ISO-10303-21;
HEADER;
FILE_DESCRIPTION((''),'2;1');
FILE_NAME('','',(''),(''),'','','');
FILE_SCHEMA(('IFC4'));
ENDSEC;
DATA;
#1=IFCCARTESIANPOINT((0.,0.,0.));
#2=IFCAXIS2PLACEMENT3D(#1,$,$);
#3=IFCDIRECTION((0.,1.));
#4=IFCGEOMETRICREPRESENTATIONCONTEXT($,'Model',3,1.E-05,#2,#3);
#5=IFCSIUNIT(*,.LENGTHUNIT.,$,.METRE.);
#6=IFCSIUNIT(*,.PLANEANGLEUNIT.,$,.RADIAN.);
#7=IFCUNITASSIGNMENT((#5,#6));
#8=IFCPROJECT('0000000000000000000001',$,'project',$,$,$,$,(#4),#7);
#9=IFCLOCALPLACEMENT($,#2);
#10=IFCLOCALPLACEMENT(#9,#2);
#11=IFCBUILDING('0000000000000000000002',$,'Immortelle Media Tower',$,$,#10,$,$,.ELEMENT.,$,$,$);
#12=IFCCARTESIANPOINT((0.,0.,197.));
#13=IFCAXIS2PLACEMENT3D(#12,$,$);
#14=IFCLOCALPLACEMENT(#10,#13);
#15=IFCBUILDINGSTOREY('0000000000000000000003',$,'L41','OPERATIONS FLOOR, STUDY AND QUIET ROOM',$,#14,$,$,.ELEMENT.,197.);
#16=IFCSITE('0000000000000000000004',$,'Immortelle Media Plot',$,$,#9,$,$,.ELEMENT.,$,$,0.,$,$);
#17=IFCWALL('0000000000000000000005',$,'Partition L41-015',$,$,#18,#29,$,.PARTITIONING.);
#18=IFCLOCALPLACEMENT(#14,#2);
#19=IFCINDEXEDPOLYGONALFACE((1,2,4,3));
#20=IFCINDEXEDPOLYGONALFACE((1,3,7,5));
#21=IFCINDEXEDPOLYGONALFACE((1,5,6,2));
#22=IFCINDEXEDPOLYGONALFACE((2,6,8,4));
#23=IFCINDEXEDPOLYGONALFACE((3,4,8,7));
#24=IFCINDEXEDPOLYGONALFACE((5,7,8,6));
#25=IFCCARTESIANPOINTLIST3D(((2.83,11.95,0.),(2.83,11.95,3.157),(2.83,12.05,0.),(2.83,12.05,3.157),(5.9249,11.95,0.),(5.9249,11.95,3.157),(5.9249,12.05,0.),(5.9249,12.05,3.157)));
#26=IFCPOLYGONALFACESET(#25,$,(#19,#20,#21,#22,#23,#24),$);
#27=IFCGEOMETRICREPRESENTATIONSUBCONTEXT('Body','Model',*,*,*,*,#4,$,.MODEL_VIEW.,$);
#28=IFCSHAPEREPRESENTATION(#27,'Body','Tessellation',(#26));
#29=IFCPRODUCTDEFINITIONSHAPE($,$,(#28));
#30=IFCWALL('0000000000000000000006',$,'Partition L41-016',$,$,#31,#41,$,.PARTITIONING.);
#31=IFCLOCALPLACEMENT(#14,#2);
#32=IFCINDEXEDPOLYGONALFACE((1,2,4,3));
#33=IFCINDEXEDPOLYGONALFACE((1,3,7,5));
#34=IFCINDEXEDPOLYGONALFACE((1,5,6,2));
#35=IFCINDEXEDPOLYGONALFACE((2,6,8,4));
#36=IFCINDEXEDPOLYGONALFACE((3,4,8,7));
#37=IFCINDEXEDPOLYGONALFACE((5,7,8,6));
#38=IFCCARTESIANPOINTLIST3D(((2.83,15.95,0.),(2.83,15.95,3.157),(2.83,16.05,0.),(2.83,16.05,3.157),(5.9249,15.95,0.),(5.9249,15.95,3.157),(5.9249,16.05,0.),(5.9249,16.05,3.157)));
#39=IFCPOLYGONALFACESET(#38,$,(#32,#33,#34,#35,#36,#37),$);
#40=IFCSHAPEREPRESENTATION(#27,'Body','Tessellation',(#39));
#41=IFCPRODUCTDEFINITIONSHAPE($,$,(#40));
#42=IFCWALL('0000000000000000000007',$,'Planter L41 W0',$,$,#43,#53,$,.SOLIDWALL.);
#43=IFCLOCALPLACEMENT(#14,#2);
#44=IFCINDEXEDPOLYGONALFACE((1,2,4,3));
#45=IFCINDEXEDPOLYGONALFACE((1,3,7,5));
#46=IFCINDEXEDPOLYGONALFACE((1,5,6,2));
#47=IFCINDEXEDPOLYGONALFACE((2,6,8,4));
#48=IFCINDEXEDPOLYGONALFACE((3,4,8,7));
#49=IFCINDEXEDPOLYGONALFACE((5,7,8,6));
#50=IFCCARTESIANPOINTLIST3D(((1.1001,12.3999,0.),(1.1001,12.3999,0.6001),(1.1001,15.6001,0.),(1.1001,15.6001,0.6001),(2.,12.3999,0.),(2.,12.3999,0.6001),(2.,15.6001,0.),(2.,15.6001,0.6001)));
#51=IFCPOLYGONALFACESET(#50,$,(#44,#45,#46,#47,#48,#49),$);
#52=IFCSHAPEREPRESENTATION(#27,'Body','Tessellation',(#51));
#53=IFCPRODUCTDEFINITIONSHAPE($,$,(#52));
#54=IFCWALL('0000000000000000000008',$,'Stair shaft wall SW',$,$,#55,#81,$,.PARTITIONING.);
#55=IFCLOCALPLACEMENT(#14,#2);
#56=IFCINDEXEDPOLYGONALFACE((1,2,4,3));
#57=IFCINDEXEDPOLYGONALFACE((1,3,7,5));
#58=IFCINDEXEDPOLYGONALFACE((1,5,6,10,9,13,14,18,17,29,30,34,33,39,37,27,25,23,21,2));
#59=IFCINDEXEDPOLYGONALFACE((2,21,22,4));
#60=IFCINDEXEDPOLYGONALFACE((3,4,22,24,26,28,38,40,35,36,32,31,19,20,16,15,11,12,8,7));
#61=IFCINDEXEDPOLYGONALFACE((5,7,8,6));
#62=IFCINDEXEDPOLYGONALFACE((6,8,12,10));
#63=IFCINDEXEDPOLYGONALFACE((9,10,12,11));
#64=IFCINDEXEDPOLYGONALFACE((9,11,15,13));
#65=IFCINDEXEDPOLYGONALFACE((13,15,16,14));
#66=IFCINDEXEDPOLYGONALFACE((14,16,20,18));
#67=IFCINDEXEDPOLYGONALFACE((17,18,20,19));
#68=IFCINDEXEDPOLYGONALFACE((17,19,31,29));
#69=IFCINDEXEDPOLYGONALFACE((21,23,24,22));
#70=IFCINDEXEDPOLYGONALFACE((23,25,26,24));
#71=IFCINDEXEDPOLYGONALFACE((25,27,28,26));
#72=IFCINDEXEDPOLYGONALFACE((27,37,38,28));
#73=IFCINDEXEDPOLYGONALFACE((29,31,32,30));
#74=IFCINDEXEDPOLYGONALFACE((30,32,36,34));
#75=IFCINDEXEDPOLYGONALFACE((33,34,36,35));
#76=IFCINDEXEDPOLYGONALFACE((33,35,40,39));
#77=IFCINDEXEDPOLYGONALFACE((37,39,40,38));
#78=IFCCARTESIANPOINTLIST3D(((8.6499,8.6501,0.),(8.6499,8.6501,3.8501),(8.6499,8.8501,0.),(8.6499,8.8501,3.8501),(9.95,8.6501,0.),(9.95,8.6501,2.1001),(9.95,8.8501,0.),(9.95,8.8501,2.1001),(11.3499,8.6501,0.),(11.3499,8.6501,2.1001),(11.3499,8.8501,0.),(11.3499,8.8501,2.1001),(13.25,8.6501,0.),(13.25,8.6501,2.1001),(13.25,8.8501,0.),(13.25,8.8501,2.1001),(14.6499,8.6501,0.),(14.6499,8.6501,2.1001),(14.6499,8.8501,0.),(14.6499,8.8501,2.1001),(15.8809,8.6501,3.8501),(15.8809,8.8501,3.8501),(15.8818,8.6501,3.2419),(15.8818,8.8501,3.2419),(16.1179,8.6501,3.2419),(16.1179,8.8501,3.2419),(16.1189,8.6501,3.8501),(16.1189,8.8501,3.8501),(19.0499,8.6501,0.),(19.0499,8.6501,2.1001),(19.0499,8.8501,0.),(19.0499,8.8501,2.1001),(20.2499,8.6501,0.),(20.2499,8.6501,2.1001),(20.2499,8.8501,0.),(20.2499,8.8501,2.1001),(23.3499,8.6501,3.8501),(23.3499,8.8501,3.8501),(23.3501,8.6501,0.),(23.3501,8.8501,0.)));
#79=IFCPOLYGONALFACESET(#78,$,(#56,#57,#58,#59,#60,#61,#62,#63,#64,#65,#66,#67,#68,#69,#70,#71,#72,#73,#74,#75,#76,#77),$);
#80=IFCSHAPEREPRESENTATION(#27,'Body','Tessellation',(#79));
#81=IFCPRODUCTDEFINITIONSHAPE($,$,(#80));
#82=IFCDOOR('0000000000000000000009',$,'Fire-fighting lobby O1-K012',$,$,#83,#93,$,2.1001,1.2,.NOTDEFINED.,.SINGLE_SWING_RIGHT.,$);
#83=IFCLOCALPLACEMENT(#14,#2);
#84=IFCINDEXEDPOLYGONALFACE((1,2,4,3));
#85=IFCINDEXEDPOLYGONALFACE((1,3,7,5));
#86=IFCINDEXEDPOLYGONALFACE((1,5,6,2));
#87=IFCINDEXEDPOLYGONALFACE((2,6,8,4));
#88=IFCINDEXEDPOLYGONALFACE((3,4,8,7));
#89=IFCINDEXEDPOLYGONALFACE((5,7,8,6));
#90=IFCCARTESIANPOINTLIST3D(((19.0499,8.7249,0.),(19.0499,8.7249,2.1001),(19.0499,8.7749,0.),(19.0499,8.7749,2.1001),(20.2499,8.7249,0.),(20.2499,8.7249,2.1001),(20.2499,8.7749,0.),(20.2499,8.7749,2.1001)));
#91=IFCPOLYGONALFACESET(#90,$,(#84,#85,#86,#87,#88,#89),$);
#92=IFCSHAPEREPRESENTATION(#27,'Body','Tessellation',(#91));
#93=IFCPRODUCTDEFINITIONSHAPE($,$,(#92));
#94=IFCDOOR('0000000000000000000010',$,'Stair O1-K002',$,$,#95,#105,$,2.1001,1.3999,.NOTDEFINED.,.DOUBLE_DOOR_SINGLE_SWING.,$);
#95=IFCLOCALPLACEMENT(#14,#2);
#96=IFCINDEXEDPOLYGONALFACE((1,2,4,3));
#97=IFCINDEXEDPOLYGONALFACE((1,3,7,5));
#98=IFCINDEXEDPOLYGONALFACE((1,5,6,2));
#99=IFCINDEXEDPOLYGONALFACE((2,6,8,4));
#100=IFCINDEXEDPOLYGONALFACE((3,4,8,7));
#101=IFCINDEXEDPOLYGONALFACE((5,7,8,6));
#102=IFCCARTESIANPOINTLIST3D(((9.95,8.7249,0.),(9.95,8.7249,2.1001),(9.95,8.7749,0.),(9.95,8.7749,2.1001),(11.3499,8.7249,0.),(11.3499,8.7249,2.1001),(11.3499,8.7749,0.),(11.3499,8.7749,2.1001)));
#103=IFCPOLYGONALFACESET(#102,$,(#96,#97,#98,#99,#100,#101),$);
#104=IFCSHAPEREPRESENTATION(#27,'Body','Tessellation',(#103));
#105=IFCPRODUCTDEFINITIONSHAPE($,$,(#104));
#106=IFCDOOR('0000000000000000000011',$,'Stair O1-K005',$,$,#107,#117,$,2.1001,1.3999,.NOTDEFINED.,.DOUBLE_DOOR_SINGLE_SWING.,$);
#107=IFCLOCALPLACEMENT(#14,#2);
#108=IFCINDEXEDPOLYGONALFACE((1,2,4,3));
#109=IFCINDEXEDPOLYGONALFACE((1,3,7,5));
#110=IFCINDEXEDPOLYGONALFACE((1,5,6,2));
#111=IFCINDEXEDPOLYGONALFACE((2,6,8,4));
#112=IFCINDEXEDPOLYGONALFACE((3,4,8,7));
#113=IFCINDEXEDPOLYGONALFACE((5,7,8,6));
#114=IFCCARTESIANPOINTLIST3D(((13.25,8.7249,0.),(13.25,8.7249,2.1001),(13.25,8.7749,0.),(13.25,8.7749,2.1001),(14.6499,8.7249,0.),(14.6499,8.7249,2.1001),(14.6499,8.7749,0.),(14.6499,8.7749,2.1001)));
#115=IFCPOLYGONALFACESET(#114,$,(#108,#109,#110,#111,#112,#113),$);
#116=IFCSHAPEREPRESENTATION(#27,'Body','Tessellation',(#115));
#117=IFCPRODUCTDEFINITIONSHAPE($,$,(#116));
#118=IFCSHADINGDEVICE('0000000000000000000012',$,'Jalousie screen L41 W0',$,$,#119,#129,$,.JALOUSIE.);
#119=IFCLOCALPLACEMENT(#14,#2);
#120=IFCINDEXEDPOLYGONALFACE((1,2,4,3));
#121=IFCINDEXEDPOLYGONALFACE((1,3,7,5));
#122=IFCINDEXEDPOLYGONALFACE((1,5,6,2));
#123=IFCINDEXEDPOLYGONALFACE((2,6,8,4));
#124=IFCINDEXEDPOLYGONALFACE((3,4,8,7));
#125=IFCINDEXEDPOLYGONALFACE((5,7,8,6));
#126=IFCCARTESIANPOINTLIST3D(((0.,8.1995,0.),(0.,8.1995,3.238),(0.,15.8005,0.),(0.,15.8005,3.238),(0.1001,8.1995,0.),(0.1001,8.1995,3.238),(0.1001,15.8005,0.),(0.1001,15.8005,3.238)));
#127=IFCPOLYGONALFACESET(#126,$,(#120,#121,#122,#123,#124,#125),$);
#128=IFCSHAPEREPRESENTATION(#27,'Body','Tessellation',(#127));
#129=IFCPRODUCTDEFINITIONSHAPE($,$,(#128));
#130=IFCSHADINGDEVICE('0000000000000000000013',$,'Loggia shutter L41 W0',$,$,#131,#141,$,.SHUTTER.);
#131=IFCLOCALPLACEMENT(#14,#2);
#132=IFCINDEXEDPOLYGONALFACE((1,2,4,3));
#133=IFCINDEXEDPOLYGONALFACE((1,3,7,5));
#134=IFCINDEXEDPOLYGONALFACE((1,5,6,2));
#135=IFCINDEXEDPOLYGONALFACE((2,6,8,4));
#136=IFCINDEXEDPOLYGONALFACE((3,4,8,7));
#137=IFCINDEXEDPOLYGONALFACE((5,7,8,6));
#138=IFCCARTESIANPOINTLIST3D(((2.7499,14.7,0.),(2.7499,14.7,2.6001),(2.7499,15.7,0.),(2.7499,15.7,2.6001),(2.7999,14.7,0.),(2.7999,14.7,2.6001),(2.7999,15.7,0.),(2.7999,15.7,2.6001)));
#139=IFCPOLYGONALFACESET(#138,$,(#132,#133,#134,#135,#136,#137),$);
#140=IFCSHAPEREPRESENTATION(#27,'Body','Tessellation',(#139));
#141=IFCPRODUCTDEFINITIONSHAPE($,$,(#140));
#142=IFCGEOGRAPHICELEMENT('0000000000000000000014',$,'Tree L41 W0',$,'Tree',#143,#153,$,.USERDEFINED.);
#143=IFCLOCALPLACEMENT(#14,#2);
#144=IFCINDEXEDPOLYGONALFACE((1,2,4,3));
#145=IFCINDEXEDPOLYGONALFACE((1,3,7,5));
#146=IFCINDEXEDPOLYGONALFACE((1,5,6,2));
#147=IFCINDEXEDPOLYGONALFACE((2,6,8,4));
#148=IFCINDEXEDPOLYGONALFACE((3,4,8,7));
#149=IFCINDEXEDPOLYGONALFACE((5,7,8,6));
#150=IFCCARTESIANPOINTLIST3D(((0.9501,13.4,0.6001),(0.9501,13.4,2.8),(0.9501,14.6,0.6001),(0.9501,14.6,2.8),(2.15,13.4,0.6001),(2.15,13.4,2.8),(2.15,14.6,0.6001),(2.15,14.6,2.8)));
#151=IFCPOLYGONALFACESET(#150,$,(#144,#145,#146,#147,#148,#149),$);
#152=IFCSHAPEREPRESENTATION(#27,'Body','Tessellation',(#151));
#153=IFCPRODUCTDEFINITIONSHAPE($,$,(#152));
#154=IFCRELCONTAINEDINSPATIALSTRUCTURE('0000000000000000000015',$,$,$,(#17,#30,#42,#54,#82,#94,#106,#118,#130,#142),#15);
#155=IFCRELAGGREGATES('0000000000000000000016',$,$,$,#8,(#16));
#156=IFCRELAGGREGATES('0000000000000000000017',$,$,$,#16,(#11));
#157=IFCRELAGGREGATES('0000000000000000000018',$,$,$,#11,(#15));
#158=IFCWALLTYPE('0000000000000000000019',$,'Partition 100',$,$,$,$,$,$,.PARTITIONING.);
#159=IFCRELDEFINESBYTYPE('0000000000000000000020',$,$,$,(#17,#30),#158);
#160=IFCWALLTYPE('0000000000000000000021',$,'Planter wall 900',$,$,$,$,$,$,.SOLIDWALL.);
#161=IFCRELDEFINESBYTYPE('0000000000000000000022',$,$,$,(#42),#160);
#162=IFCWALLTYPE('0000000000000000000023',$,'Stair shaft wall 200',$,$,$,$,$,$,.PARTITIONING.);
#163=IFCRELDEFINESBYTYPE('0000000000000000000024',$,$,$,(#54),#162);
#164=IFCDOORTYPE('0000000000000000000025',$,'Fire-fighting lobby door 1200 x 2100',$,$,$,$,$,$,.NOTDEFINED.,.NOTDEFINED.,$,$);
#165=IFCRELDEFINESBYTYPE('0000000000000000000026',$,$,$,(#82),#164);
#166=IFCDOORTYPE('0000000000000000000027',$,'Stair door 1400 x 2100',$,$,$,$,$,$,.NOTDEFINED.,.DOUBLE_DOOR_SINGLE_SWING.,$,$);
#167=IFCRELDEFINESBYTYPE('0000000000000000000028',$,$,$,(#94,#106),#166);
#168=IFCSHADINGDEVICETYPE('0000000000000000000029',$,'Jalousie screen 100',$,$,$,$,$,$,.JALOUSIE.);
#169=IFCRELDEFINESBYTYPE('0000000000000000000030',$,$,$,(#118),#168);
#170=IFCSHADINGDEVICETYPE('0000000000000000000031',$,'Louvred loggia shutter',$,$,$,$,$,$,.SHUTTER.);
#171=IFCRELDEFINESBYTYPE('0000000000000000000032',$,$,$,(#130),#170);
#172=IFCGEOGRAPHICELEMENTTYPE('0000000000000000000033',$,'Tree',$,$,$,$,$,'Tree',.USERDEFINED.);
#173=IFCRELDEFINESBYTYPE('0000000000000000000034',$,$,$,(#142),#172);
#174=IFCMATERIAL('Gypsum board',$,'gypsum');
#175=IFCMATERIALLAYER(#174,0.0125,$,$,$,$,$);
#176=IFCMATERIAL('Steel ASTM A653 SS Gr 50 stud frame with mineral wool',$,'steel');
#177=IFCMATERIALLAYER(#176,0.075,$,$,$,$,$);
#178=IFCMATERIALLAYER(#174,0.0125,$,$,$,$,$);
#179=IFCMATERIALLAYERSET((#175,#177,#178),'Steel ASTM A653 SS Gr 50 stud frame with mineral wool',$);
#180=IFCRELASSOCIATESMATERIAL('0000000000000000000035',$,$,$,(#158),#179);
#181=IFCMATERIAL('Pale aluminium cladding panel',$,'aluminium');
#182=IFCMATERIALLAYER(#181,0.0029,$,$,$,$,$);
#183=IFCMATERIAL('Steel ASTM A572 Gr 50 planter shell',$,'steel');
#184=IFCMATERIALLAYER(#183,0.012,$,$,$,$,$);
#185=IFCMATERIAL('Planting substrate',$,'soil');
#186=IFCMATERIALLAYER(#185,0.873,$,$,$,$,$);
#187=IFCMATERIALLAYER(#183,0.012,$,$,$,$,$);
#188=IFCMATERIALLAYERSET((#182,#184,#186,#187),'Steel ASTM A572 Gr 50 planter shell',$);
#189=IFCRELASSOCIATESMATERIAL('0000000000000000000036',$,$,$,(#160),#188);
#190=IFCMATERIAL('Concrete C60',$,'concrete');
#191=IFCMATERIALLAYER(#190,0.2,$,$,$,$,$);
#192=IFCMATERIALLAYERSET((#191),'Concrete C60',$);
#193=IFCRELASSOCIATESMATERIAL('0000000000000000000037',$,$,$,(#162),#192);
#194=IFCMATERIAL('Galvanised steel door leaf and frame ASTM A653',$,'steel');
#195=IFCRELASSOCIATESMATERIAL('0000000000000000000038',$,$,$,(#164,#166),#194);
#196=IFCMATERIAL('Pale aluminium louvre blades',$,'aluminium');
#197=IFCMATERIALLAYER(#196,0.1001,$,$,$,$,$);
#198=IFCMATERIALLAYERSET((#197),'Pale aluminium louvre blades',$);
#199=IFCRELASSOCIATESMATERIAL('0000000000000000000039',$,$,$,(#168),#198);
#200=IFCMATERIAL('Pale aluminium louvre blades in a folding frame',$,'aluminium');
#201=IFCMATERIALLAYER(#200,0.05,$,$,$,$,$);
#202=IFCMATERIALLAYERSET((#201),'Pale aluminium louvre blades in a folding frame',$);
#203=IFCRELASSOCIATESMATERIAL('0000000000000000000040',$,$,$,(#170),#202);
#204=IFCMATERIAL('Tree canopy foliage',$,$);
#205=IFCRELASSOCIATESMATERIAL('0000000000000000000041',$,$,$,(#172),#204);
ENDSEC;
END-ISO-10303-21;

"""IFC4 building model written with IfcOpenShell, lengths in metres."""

from ifc_helpers import new_model, si_unit, direction, frame, frame_2d, origin, origin_2d, place, context, subcontext, project, spatial, polyline, rectangle, outline, extrude, material, layer, layer_set, type_object, element, fill, save


model = new_model("IFC4")

# Units and contexts
model_context = context("Model", 3, precision=1e-05, world=origin(), true_north=direction((0.0, 1.0)))
body_context = subcontext(model_context, "Body", "Model", "MODEL_VIEW")
ifc_project = project(units=[si_unit("LENGTHUNIT", "METRE"), si_unit("PLANEANGLEUNIT", "RADIAN")], contexts=[model_context])

# Site, building, storey
site_placement = place(None, origin())
site = spatial("IfcSite", under=ifc_project, at=site_placement, Name="Immortelle Media Plot", CompositionType="ELEMENT", RefElevation=0.0)
building_placement = place(site_placement, origin())
building = spatial("IfcBuilding", under=site, at=building_placement, Name="Immortelle Media Tower", CompositionType="ELEMENT")
storey_placement = place(building_placement, frame((0.0, 0.0, 197.0)))
storey = spatial("IfcBuildingStorey", under=building, at=storey_placement, Name="L41", Description="OPERATIONS FLOOR, STUDY AND QUIET ROOM", CompositionType="ELEMENT", Elevation=197.0)

# Shared definitions
ifc_material_1 = material(Name="Pale aluminium cladding panel", Category="aluminium")
ifc_material_2 = material(Name="Steel ASTM A653 SS Gr 50 stud frame with mineral wool", Category="steel")

# Walls
ifc_material_3 = material(Name="Gypsum board", Category="gypsum")
ifc_layer_1 = layer(ifc_material_3, 0.0125)
ifc_layer_2 = layer(ifc_material_2, 0.075)
ifc_layer_3 = layer(ifc_material_3, 0.0125)
ifc_layer_set_1 = layer_set([ifc_layer_1, ifc_layer_2, ifc_layer_3], Name="Steel ASTM A653 SS Gr 50 stud frame with mineral wool")
wall_type_1 = type_object("IfcWallType", Name="Partition 100", PredefinedType="PARTITIONING", material=ifc_layer_set_1)
for number, where, z_axis, x_axis, name in (
    (1, (2.8301, 12.0, 0.0), (0.0, 0.0, 1.0), (1.0, 0.0, 0.0), "Partition L41-015"),
    (2, (2.8301, 16.0, 0.0), (0.0, 0.0, 1.0), (1.0, 0.0, 0.0), "Partition L41-016"),
):
    element("IfcWall", number, at=place(storey_placement, frame(where, z_axis=z_axis, x_axis=x_axis)), inside=storey, type_object=wall_type_1, Name=name, PredefinedType="PARTITIONING", context=body_context, shape_type="SweptSolid", body=[
        extrude(rectangle(XDim=3.095, YDim=0.1001, at=frame_2d((1.5474, 0.0))), origin(), (0.0, 0.0, 1.0), 3.157),
    ])
ifc_layer_4 = layer(ifc_material_1, 0.0029)
ifc_material_4 = material(Name="Steel ASTM A572 Gr 50 planter shell", Category="steel")
ifc_layer_5 = layer(ifc_material_4, 0.012)
ifc_material_5 = material(Name="Planting substrate", Category="soil")
ifc_layer_6 = layer(ifc_material_5, 0.873)
ifc_layer_7 = layer(ifc_material_4, 0.012)
ifc_layer_set_2 = layer_set([ifc_layer_4, ifc_layer_5, ifc_layer_6, ifc_layer_7], Name="Steel ASTM A572 Gr 50 planter shell")
wall_type_2 = type_object("IfcWallType", Name="Planter wall 900", PredefinedType="SOLIDWALL", material=ifc_layer_set_2)
wall_1_placement = place(storey_placement, frame((1.55, 15.6001, 0.0), z_axis=(0.0, 0.0, 1.0), x_axis=(0.0, -1.0, 0.0)))
element("IfcWall", 3, at=wall_1_placement, inside=storey, type_object=wall_type_2, Name="Planter L41 W0", PredefinedType="SOLIDWALL", context=body_context, shape_type="SweptSolid", body=[
    extrude(rectangle(XDim=3.2002, YDim=0.8999, at=frame_2d((1.6001, 0.0))), origin(), (0.0, 0.0, 1.0), 0.6001),
])

# Wall, openings, doors
ifc_material_6 = material(Name="Concrete C60", Category="concrete")
ifc_layer_8 = layer(ifc_material_6, 0.2)
ifc_layer_set_3 = layer_set([ifc_layer_8], Name="Concrete C60")
wall_type_3 = type_object("IfcWallType", Name="Stair shaft wall 200", PredefinedType="PARTITIONING", material=ifc_layer_set_3)
wall_2_placement = place(storey_placement, frame((8.6499, 8.75, 0.0), z_axis=(0.0, 0.0, 1.0), x_axis=(1.0, 0.0, 0.0)))
wall_2 = element("IfcWall", 4, at=wall_2_placement, inside=storey, type_object=wall_type_3, Name="Stair shaft wall SW", PredefinedType="PARTITIONING", context=body_context, shape_type="SweptSolid", body=[
    extrude(outline(polyline([(0.0, 0.0), (14.7002, 0.0), (14.7, 3.8501), (7.469, 3.8501), (7.468, 3.2419), (7.2319, 3.2419), (7.231, 3.8501), (0.0, 3.8501), (0.0, 0.0)])), frame((0.0, 0.1001, 0.0), z_axis=(0.0, -1.0, 0.0), x_axis=(1.0, 0.0, 0.0)), (0.0, 0.0, 1.0), 0.2),
])
opening_1_placement = place(wall_2_placement, frame((1.3, 0.0, 0.0)))
opening_1 = element("IfcOpeningElement", 5, at=opening_1_placement, cuts=wall_2, PredefinedType="OPENING", context=body_context, shape_type="SweptSolid", body=[
    extrude(rectangle(XDim=1.3999, YDim=2.1001, at=frame_2d((0.7, 1.05))), frame((0.0, 0.1099, 0.0), z_axis=(0.0, -1.0, 0.0), x_axis=(1.0, 0.0, 0.0)), (0.0, 0.0, 1.0), 0.22),
])
opening_2_placement = place(wall_2_placement, frame((4.6001, 0.0, 0.0)))
opening_2 = element("IfcOpeningElement", 6, at=opening_2_placement, cuts=wall_2, PredefinedType="OPENING", context=body_context, shape_type="SweptSolid", body=[
    extrude(rectangle(XDim=1.3999, YDim=2.1001, at=frame_2d((0.7, 1.05))), frame((0.0, 0.1099, 0.0), z_axis=(0.0, -1.0, 0.0), x_axis=(1.0, 0.0, 0.0)), (0.0, 0.0, 1.0), 0.22),
])
opening_3_placement = place(wall_2_placement, frame((10.3999, 0.0, 0.0)))
opening_3 = element("IfcOpeningElement", 7, at=opening_3_placement, cuts=wall_2, PredefinedType="OPENING", context=body_context, shape_type="SweptSolid", body=[
    extrude(rectangle(XDim=1.2, YDim=2.1001, at=frame_2d((0.6001, 1.05))), frame((0.0, 0.1099, 0.0), z_axis=(0.0, -1.0, 0.0), x_axis=(1.0, 0.0, 0.0)), (0.0, 0.0, 1.0), 0.22),
])
ifc_material_7 = material(Name="Galvanised steel door leaf and frame ASTM A653", Category="steel")
door_type_1 = type_object("IfcDoorType", Name="Fire-fighting lobby door 1200 x 2100", OperationType="NOTDEFINED", PredefinedType="NOTDEFINED", material=ifc_material_7)
door_1_placement = place(opening_3_placement, origin())
door_1 = element("IfcDoor", 8, at=door_1_placement, inside=storey, type_object=door_type_1, Name="Fire-fighting lobby O1-K012", OperationType="SINGLE_SWING_RIGHT", OverallHeight=2.1001, OverallWidth=1.2, PredefinedType="NOTDEFINED", context=body_context, shape_type="SweptSolid", body=[
    extrude(rectangle(XDim=1.2, YDim=2.1001, at=frame_2d((0.6001, 1.05))), frame((0.0, 0.0249, 0.0), z_axis=(0.0, -1.0, 0.0), x_axis=(1.0, 0.0, 0.0)), (0.0, 0.0, 1.0), 0.05),
])
fill(opening_3, door_1)
door_type_2 = type_object("IfcDoorType", Name="Stair door 1400 x 2100", OperationType="DOUBLE_DOOR_SINGLE_SWING", PredefinedType="NOTDEFINED", material=ifc_material_7)
door_2_placement = place(opening_1_placement, origin())
door_2 = element("IfcDoor", 9, at=door_2_placement, inside=storey, type_object=door_type_2, Name="Stair O1-K002", OperationType="DOUBLE_DOOR_SINGLE_SWING", OverallHeight=2.1001, OverallWidth=1.3999, PredefinedType="NOTDEFINED", context=body_context, shape_type="SweptSolid", body=[
    extrude(rectangle(XDim=1.3999, YDim=2.1001, at=frame_2d((0.7, 1.05))), frame((0.0, 0.0249, 0.0), z_axis=(0.0, -1.0, 0.0), x_axis=(1.0, 0.0, 0.0)), (0.0, 0.0, 1.0), 0.05),
])
fill(opening_1, door_2)
door_3_placement = place(opening_2_placement, origin())
door_3 = element("IfcDoor", 10, at=door_3_placement, inside=storey, type_object=door_type_2, Name="Stair O1-K005", OperationType="DOUBLE_DOOR_SINGLE_SWING", OverallHeight=2.1001, OverallWidth=1.3999, PredefinedType="NOTDEFINED", context=body_context, shape_type="SweptSolid", body=[
    extrude(rectangle(XDim=1.3999, YDim=2.1001, at=frame_2d((0.7, 1.05))), frame((0.0, 0.0249, 0.0), z_axis=(0.0, -1.0, 0.0), x_axis=(1.0, 0.0, 0.0)), (0.0, 0.0, 1.0), 0.05),
])
fill(opening_2, door_3)

# Shading devices
ifc_material_8 = material(Name="Pale aluminium louvre blades", Category="aluminium")
ifc_layer_9 = layer(ifc_material_8, 0.1001)
ifc_layer_set_4 = layer_set([ifc_layer_9], Name="Pale aluminium louvre blades")
shading_device_type_1 = type_object("IfcShadingDeviceType", Name="Jalousie screen 100", PredefinedType="JALOUSIE", material=ifc_layer_set_4)
shading_device_1_placement = place(storey_placement, frame((0.05, 12.0, 0.0), z_axis=(0.0, 0.0, 1.0), x_axis=(0.0, -1.0, 0.0)))
element("IfcShadingDevice", 11, at=shading_device_1_placement, inside=storey, type_object=shading_device_type_1, Name="Jalousie screen L41 W0", PredefinedType="JALOUSIE", context=body_context, shape_type="SweptSolid", body=[
    extrude(rectangle(XDim=7.6011, YDim=0.1001, at=origin_2d()), origin(), (0.0, 0.0, 1.0), 3.238),
])
ifc_material_9 = material(Name="Pale aluminium louvre blades in a folding frame", Category="aluminium")
ifc_layer_10 = layer(ifc_material_9, 0.05)
ifc_layer_set_5 = layer_set([ifc_layer_10], Name="Pale aluminium louvre blades in a folding frame")
shading_device_type_2 = type_object("IfcShadingDeviceType", Name="Louvred loggia shutter", PredefinedType="SHUTTER", material=ifc_layer_set_5)
shading_device_2_placement = place(storey_placement, frame((2.7749, 15.2, 0.0), z_axis=(0.0, 0.0, 1.0), x_axis=(0.0, -1.0, 0.0)))
element("IfcShadingDevice", 12, at=shading_device_2_placement, inside=storey, type_object=shading_device_type_2, Name="Loggia shutter L41 W0", PredefinedType="SHUTTER", context=body_context, shape_type="SweptSolid", body=[
    extrude(rectangle(XDim=1.0, YDim=0.05, at=origin_2d()), origin(), (0.0, 0.0, 1.0), 2.6001),
])

# Geographic element
ifc_material_10 = material(Name="Tree canopy foliage")
geographic_element_type = type_object("IfcGeographicElementType", Name="Tree", ElementType="Tree", PredefinedType="USERDEFINED", material=ifc_material_10)
geographic_element_placement = place(storey_placement, frame((1.55, 14.0, 0.6001), z_axis=(0.0, 0.0, 1.0), x_axis=(1.0, 0.0, 0.0)))
element("IfcGeographicElement", 13, at=geographic_element_placement, inside=storey, type_object=geographic_element_type, Name="Tree L41 W0", ObjectType="Tree", PredefinedType="USERDEFINED", context=body_context, shape_type="SweptSolid", body=[
    extrude(rectangle(XDim=1.2, YDim=1.2, at=origin_2d()), origin(), (0.0, 0.0, 1.0), 2.2),
])

save(model, "model.ifc")
